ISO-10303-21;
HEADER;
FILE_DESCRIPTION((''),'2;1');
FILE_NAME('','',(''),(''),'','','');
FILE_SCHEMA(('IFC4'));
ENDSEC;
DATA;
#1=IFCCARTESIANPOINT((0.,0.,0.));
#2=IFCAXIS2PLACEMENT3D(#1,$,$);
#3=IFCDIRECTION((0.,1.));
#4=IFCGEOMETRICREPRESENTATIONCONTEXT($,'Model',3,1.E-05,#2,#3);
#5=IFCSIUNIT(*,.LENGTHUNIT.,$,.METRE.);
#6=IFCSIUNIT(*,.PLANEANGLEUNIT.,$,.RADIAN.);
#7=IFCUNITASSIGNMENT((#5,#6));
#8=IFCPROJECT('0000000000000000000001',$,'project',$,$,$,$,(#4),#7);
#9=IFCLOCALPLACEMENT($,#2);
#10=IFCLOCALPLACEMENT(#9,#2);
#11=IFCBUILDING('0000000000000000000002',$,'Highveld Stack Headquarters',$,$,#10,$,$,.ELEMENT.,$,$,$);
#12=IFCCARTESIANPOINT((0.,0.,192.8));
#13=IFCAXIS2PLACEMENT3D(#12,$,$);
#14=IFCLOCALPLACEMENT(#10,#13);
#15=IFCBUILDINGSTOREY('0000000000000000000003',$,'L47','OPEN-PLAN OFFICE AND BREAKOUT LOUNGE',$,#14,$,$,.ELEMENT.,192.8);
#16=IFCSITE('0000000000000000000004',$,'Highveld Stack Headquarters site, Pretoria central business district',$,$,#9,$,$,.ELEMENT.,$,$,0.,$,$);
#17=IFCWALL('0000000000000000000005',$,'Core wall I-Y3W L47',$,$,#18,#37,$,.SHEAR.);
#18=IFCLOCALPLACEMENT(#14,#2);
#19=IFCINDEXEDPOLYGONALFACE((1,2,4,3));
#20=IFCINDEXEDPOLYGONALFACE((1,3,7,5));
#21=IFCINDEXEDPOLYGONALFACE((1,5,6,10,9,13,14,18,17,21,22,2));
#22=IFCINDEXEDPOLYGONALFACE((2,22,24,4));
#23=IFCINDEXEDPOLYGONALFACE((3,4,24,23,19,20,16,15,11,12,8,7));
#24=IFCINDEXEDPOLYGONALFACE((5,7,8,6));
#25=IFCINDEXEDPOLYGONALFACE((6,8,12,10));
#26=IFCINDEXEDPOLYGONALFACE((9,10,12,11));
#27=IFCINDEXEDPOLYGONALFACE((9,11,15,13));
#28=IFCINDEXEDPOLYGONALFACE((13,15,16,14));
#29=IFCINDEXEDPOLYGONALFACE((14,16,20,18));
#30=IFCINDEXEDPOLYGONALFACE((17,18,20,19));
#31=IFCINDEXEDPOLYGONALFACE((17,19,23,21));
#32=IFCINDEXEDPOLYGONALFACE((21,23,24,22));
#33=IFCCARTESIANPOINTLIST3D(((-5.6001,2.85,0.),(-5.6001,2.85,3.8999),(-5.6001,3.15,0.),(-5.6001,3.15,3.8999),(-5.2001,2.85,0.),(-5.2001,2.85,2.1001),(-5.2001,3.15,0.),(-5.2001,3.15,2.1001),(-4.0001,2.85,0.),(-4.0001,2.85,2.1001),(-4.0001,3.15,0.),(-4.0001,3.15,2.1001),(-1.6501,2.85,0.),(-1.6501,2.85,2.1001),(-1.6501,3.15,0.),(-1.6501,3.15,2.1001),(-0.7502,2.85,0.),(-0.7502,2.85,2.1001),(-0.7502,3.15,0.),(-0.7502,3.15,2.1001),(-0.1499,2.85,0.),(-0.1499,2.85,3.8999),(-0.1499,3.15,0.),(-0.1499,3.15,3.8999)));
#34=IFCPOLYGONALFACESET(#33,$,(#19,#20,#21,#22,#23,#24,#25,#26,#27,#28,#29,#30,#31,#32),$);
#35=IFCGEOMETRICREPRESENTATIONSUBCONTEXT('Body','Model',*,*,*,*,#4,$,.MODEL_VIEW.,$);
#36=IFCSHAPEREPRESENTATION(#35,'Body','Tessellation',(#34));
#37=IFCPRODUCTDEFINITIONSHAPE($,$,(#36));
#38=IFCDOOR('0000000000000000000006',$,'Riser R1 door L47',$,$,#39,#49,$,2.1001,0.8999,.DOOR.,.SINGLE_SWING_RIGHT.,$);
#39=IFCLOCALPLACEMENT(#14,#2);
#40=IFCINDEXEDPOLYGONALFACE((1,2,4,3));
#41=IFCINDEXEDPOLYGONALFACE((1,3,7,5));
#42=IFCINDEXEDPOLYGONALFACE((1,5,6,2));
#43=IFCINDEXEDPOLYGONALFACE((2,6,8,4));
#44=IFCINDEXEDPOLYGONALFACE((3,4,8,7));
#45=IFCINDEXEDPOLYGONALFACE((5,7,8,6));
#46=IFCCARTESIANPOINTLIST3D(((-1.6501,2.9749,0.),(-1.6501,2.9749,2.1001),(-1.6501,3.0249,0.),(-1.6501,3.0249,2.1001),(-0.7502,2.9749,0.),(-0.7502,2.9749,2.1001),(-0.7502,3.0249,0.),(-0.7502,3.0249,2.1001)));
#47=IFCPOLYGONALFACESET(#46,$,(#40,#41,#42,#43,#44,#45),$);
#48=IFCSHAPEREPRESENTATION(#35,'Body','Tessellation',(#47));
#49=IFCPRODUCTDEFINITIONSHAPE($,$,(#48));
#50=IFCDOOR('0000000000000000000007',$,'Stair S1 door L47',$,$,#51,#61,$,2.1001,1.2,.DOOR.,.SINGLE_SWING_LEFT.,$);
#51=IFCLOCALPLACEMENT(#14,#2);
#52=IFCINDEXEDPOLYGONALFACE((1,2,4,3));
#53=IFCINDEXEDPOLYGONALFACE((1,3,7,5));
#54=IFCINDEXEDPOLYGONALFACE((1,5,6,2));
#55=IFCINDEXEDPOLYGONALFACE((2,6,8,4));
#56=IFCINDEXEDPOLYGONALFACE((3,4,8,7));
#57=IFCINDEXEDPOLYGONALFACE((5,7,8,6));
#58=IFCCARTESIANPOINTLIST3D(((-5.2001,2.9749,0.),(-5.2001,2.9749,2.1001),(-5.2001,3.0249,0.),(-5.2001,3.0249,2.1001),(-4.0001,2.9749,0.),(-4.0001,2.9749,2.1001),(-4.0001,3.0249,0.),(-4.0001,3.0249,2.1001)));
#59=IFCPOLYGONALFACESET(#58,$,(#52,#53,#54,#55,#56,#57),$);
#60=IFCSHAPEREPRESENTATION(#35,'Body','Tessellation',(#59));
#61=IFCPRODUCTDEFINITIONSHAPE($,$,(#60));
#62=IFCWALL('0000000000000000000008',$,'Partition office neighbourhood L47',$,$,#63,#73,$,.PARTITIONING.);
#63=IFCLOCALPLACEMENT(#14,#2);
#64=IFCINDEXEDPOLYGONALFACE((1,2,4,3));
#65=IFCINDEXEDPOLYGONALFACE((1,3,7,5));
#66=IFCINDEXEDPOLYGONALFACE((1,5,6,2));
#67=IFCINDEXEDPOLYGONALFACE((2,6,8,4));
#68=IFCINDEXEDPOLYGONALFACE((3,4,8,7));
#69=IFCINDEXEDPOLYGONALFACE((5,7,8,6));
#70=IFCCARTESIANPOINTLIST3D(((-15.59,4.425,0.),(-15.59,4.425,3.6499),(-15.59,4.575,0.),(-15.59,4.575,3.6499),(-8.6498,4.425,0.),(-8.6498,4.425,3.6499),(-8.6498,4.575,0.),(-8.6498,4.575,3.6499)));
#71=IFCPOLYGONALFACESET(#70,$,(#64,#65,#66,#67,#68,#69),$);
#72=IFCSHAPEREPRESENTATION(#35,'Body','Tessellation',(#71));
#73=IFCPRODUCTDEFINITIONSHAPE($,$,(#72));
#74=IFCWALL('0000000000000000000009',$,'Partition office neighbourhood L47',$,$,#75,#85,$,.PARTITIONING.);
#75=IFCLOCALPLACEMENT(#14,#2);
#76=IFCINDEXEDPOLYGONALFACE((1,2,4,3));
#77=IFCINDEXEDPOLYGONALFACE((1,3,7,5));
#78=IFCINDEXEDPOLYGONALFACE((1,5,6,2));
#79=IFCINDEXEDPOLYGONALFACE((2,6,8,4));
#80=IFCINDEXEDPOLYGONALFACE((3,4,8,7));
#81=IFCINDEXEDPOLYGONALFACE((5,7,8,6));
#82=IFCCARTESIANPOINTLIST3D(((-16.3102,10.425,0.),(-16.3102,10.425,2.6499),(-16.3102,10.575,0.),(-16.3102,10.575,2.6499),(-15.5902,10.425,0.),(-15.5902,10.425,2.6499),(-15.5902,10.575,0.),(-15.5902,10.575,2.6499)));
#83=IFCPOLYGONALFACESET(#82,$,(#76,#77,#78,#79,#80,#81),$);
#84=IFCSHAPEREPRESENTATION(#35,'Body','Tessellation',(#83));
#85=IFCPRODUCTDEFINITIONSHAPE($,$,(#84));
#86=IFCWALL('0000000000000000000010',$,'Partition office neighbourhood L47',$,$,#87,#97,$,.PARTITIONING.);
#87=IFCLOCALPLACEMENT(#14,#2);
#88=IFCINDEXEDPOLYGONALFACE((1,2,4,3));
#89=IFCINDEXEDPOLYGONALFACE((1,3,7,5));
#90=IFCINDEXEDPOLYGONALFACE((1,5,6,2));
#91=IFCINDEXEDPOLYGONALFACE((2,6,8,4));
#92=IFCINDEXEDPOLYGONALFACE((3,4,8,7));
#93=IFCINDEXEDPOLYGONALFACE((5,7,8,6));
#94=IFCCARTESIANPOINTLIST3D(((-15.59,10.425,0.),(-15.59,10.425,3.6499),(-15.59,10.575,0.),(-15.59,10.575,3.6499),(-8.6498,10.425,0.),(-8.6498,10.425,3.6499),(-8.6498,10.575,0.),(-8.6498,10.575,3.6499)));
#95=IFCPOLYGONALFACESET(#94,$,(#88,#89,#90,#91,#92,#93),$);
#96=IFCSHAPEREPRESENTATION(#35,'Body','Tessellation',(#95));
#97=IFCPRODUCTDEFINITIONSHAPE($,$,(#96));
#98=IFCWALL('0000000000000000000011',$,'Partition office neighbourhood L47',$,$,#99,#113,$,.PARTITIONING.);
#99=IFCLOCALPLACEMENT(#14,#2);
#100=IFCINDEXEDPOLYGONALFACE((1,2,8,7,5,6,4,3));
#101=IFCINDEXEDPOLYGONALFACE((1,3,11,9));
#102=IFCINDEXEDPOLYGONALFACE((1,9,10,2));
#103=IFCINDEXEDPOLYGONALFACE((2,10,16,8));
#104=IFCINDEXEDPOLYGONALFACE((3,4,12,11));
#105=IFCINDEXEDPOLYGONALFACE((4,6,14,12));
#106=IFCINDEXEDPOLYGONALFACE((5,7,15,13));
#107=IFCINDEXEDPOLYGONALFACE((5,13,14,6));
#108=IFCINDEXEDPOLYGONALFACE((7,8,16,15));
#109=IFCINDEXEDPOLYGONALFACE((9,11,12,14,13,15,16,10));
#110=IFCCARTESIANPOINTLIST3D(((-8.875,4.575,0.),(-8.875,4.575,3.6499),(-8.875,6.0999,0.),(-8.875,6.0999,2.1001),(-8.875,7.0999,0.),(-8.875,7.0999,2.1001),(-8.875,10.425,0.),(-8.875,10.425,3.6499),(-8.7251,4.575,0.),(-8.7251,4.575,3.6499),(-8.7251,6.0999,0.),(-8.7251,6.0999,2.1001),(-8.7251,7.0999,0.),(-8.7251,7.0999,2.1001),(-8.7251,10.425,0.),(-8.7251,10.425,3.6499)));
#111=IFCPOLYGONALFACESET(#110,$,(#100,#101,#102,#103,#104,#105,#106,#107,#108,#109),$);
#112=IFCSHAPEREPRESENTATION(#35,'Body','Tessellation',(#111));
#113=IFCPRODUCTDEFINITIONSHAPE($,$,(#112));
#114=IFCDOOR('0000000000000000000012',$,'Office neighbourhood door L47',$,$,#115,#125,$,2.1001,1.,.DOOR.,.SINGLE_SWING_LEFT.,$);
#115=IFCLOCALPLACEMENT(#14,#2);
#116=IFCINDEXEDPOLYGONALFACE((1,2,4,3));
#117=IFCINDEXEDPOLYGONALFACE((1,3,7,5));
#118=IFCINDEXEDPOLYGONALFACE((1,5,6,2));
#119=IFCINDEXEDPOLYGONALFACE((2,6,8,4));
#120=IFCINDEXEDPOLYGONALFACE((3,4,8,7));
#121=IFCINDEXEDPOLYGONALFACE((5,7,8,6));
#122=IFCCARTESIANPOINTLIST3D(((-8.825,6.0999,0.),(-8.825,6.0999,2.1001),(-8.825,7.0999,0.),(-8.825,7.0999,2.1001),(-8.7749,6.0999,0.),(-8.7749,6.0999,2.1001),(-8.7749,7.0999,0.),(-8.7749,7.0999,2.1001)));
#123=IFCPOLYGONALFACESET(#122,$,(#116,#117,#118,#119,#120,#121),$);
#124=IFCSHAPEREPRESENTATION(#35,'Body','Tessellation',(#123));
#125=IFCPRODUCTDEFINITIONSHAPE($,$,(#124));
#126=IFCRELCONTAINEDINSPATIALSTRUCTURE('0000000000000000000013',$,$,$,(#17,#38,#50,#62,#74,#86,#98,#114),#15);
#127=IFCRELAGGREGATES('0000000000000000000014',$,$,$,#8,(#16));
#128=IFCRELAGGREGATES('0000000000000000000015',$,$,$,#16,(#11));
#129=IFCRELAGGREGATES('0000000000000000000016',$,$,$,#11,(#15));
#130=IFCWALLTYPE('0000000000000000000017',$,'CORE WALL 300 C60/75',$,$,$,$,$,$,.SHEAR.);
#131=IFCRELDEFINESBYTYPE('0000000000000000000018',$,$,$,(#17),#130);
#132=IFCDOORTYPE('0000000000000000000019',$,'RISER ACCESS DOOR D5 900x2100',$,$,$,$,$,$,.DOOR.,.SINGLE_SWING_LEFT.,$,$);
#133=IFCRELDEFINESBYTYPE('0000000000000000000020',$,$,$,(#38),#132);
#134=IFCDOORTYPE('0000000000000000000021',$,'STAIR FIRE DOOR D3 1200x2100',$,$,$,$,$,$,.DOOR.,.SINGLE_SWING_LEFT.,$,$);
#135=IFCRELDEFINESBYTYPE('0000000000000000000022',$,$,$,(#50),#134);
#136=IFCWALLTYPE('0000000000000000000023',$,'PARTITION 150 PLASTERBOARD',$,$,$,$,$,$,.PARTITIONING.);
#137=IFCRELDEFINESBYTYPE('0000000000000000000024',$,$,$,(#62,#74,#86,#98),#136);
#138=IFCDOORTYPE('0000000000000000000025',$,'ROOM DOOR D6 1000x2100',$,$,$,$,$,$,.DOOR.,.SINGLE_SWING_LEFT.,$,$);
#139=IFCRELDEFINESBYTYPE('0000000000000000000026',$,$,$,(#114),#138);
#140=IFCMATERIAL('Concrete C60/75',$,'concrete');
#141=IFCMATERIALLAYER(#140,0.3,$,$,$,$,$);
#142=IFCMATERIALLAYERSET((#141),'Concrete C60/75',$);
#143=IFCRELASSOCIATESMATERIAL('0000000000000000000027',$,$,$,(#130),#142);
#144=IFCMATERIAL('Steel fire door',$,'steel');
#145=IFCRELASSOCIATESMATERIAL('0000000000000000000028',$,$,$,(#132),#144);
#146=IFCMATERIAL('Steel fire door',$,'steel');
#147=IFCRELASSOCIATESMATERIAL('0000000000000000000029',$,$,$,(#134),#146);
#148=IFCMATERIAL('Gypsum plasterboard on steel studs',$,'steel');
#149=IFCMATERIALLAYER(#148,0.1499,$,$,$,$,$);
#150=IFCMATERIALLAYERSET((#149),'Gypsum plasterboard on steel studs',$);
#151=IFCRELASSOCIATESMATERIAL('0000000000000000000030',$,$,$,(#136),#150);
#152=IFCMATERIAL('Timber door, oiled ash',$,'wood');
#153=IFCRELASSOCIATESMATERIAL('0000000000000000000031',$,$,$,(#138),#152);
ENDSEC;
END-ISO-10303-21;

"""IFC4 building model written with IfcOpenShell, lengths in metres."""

from ifc_helpers import new_model, si_unit, direction, frame, frame_2d, origin, place, context, subcontext, project, spatial, rectangle, extrude, material, layer, layer_set, type_object, element, fill, save


model = new_model("IFC4")

# Units and contexts
model_context = context("Model", 3, precision=1e-05, world=origin(), true_north=direction((0.0, 1.0)))
body_context = subcontext(model_context, "Body", "Model", "MODEL_VIEW")
ifc_project = project(units=[si_unit("LENGTHUNIT", "METRE"), si_unit("PLANEANGLEUNIT", "RADIAN")], contexts=[model_context])

# Site, building, storey
site_placement = place(None, origin())
site = spatial("IfcSite", under=ifc_project, at=site_placement, Name="Highveld Stack Headquarters site, Pretoria central business district", CompositionType="ELEMENT", RefElevation=0.0)
building_placement = place(site_placement, origin())
building = spatial("IfcBuilding", under=site, at=building_placement, Name="Highveld Stack Headquarters", CompositionType="ELEMENT")
storey_placement = place(building_placement, frame((0.0, 0.0, 192.8)))
storey = spatial("IfcBuildingStorey", under=building, at=storey_placement, Name="L47", Description="OPEN-PLAN OFFICE AND BREAKOUT LOUNGE", CompositionType="ELEMENT", Elevation=192.8)

# Wall, openings, doors
ifc_material_1 = material(Name="Concrete C60/75", Category="concrete")
ifc_layer_1 = layer(ifc_material_1, 0.3)
ifc_layer_set_1 = layer_set([ifc_layer_1], Name="Concrete C60/75")
wall_type_1 = type_object("IfcWallType", Name="CORE WALL 300 C60/75", PredefinedType="SHEAR", material=ifc_layer_set_1)
wall_1_placement = place(storey_placement, frame((-5.6001, 3.0, 0.0), z_axis=(0.0, 0.0, 1.0), x_axis=(1.0, 0.0, 0.0)))
wall_1 = element("IfcWall", 1, at=wall_1_placement, inside=storey, type_object=wall_type_1, Name="Core wall I-Y3W L47", PredefinedType="SHEAR", context=body_context, shape_type="SweptSolid", body=[
    extrude(rectangle(XDim=5.4502, YDim=0.3, at=frame_2d((2.7251, 0.0))), origin(), (0.0, 0.0, 1.0), 3.8999),
])
opening_1_placement = place(wall_1_placement, frame((0.3999, 0.0, 0.0)))
opening_1 = element("IfcOpeningElement", 2, at=opening_1_placement, cuts=wall_1, PredefinedType="OPENING", context=body_context, shape_type="SweptSolid", body=[
    extrude(rectangle(XDim=1.2, YDim=2.1001, at=frame_2d((0.6001, 1.05))), frame((0.0, 0.1599, 0.0), z_axis=(0.0, -1.0, 0.0), x_axis=(1.0, 0.0, 0.0)), (0.0, 0.0, 1.0), 0.3201),
])
opening_2_placement = place(wall_1_placement, frame((3.95, 0.0, 0.0)))
opening_2 = element("IfcOpeningElement", 3, at=opening_2_placement, cuts=wall_1, PredefinedType="OPENING", context=body_context, shape_type="SweptSolid", body=[
    extrude(rectangle(XDim=0.8999, YDim=2.1001, at=frame_2d((0.45, 1.05))), frame((0.0, 0.1599, 0.0), z_axis=(0.0, -1.0, 0.0), x_axis=(1.0, 0.0, 0.0)), (0.0, 0.0, 1.0), 0.3201),
])
ifc_material_2 = material(Name="Steel fire door", Category="steel")
door_type_1 = type_object("IfcDoorType", Name="RISER ACCESS DOOR D5 900x2100", OperationType="SINGLE_SWING_LEFT", PredefinedType="DOOR", material=ifc_material_2)
door_1_placement = place(opening_2_placement, origin())
door_1 = element("IfcDoor", 4, at=door_1_placement, inside=storey, type_object=door_type_1, Name="Riser R1 door L47", OperationType="SINGLE_SWING_RIGHT", OverallHeight=2.1001, OverallWidth=0.8999, PredefinedType="DOOR", context=body_context, shape_type="SweptSolid", body=[
    extrude(rectangle(XDim=0.8999, YDim=2.1001, at=frame_2d((0.45, 1.05))), frame((0.0, 0.0249, 0.0), z_axis=(0.0, -1.0, 0.0), x_axis=(1.0, 0.0, 0.0)), (0.0, 0.0, 1.0), 0.05),
])
fill(opening_2, door_1)
ifc_material_3 = material(Name="Steel fire door", Category="steel")
door_type_2 = type_object("IfcDoorType", Name="STAIR FIRE DOOR D3 1200x2100", OperationType="SINGLE_SWING_LEFT", PredefinedType="DOOR", material=ifc_material_3)
door_2_placement = place(opening_1_placement, origin())
door_2 = element("IfcDoor", 5, at=door_2_placement, inside=storey, type_object=door_type_2, Name="Stair S1 door L47", OperationType="SINGLE_SWING_LEFT", OverallHeight=2.1001, OverallWidth=1.2, PredefinedType="DOOR", context=body_context, shape_type="SweptSolid", body=[
    extrude(rectangle(XDim=1.2, YDim=2.1001, at=frame_2d((0.6001, 1.05))), frame((0.0, 0.0249, 0.0), z_axis=(0.0, -1.0, 0.0), x_axis=(1.0, 0.0, 0.0)), (0.0, 0.0, 1.0), 0.05),
])
fill(opening_1, door_2)

# Walls
ifc_material_4 = material(Name="Gypsum plasterboard on steel studs", Category="steel")
ifc_layer_2 = layer(ifc_material_4, 0.1499)
ifc_layer_set_2 = layer_set([ifc_layer_2], Name="Gypsum plasterboard on steel studs")
wall_type_2 = type_object("IfcWallType", Name="PARTITION 150 PLASTERBOARD", PredefinedType="PARTITIONING", material=ifc_layer_set_2)
wall_2_placement = place(storey_placement, frame((-15.5901, 4.5, 0.0), z_axis=(0.0, 0.0, 1.0), x_axis=(1.0, 0.0, 0.0)))
element("IfcWall", 6, at=wall_2_placement, inside=storey, type_object=wall_type_2, Name="Partition office neighbourhood L47", PredefinedType="PARTITIONING", context=body_context, shape_type="SweptSolid", body=[
    extrude(rectangle(XDim=6.9402, YDim=0.1499, at=frame_2d((3.4702, 0.0))), origin(), (0.0, 0.0, 1.0), 3.6499),
])
wall_3_placement = place(storey_placement, frame((-16.3101, 10.5, 0.0), z_axis=(0.0, 0.0, 1.0), x_axis=(1.0, 0.0, 0.0)))
element("IfcWall", 7, at=wall_3_placement, inside=storey, type_object=wall_type_2, Name="Partition office neighbourhood L47", PredefinedType="PARTITIONING", context=body_context, shape_type="SweptSolid", body=[
    extrude(rectangle(XDim=0.72, YDim=0.1499, at=frame_2d((0.3599, 0.0))), origin(), (0.0, 0.0, 1.0), 2.6499),
])
wall_4_placement = place(storey_placement, frame((-15.5901, 10.5, 0.0), z_axis=(0.0, 0.0, 1.0), x_axis=(1.0, 0.0, 0.0)))
element("IfcWall", 8, at=wall_4_placement, inside=storey, type_object=wall_type_2, Name="Partition office neighbourhood L47", PredefinedType="PARTITIONING", context=body_context, shape_type="SweptSolid", body=[
    extrude(rectangle(XDim=6.9402, YDim=0.1499, at=frame_2d((3.4702, 0.0))), origin(), (0.0, 0.0, 1.0), 3.6499),
])

# Wall, opening, door
wall_5_placement = place(storey_placement, frame((-8.8, 4.575, 0.0), z_axis=(0.0, 0.0, 1.0), x_axis=(0.0, 1.0, 0.0)))
wall_5 = element("IfcWall", 9, at=wall_5_placement, inside=storey, type_object=wall_type_2, Name="Partition office neighbourhood L47", PredefinedType="PARTITIONING", context=body_context, shape_type="SweptSolid", body=[
    extrude(rectangle(XDim=5.8501, YDim=0.1499, at=frame_2d((2.925, 0.0))), origin(), (0.0, 0.0, 1.0), 3.6499),
])
opening_3_placement = place(wall_5_placement, frame((1.5249, 0.0, 0.0)))
opening_3 = element("IfcOpeningElement", 10, at=opening_3_placement, cuts=wall_5, PredefinedType="OPENING", context=body_context, shape_type="SweptSolid", body=[
    extrude(rectangle(XDim=1.0, YDim=2.1001, at=frame_2d((0.5, 1.05))), frame((0.0, 0.085, 0.0), z_axis=(0.0, -1.0, 0.0), x_axis=(1.0, 0.0, 0.0)), (0.0, 0.0, 1.0), 0.1699),
])
ifc_material_5 = material(Name="Timber door, oiled ash", Category="wood")
door_type_3 = type_object("IfcDoorType", Name="ROOM DOOR D6 1000x2100", OperationType="SINGLE_SWING_LEFT", PredefinedType="DOOR", material=ifc_material_5)
door_3_placement = place(opening_3_placement, origin())
door_3 = element("IfcDoor", 11, at=door_3_placement, inside=storey, type_object=door_type_3, Name="Office neighbourhood door L47", OperationType="SINGLE_SWING_LEFT", OverallHeight=2.1001, OverallWidth=1.0, PredefinedType="DOOR", context=body_context, shape_type="SweptSolid", body=[
    extrude(rectangle(XDim=1.0, YDim=2.1001, at=frame_2d((0.5, 1.05))), frame((0.0, 0.0249, 0.0), z_axis=(0.0, -1.0, 0.0), x_axis=(1.0, 0.0, 0.0)), (0.0, 0.0, 1.0), 0.05),
])
fill(opening_3, door_3)

save(model, "model.ifc")
